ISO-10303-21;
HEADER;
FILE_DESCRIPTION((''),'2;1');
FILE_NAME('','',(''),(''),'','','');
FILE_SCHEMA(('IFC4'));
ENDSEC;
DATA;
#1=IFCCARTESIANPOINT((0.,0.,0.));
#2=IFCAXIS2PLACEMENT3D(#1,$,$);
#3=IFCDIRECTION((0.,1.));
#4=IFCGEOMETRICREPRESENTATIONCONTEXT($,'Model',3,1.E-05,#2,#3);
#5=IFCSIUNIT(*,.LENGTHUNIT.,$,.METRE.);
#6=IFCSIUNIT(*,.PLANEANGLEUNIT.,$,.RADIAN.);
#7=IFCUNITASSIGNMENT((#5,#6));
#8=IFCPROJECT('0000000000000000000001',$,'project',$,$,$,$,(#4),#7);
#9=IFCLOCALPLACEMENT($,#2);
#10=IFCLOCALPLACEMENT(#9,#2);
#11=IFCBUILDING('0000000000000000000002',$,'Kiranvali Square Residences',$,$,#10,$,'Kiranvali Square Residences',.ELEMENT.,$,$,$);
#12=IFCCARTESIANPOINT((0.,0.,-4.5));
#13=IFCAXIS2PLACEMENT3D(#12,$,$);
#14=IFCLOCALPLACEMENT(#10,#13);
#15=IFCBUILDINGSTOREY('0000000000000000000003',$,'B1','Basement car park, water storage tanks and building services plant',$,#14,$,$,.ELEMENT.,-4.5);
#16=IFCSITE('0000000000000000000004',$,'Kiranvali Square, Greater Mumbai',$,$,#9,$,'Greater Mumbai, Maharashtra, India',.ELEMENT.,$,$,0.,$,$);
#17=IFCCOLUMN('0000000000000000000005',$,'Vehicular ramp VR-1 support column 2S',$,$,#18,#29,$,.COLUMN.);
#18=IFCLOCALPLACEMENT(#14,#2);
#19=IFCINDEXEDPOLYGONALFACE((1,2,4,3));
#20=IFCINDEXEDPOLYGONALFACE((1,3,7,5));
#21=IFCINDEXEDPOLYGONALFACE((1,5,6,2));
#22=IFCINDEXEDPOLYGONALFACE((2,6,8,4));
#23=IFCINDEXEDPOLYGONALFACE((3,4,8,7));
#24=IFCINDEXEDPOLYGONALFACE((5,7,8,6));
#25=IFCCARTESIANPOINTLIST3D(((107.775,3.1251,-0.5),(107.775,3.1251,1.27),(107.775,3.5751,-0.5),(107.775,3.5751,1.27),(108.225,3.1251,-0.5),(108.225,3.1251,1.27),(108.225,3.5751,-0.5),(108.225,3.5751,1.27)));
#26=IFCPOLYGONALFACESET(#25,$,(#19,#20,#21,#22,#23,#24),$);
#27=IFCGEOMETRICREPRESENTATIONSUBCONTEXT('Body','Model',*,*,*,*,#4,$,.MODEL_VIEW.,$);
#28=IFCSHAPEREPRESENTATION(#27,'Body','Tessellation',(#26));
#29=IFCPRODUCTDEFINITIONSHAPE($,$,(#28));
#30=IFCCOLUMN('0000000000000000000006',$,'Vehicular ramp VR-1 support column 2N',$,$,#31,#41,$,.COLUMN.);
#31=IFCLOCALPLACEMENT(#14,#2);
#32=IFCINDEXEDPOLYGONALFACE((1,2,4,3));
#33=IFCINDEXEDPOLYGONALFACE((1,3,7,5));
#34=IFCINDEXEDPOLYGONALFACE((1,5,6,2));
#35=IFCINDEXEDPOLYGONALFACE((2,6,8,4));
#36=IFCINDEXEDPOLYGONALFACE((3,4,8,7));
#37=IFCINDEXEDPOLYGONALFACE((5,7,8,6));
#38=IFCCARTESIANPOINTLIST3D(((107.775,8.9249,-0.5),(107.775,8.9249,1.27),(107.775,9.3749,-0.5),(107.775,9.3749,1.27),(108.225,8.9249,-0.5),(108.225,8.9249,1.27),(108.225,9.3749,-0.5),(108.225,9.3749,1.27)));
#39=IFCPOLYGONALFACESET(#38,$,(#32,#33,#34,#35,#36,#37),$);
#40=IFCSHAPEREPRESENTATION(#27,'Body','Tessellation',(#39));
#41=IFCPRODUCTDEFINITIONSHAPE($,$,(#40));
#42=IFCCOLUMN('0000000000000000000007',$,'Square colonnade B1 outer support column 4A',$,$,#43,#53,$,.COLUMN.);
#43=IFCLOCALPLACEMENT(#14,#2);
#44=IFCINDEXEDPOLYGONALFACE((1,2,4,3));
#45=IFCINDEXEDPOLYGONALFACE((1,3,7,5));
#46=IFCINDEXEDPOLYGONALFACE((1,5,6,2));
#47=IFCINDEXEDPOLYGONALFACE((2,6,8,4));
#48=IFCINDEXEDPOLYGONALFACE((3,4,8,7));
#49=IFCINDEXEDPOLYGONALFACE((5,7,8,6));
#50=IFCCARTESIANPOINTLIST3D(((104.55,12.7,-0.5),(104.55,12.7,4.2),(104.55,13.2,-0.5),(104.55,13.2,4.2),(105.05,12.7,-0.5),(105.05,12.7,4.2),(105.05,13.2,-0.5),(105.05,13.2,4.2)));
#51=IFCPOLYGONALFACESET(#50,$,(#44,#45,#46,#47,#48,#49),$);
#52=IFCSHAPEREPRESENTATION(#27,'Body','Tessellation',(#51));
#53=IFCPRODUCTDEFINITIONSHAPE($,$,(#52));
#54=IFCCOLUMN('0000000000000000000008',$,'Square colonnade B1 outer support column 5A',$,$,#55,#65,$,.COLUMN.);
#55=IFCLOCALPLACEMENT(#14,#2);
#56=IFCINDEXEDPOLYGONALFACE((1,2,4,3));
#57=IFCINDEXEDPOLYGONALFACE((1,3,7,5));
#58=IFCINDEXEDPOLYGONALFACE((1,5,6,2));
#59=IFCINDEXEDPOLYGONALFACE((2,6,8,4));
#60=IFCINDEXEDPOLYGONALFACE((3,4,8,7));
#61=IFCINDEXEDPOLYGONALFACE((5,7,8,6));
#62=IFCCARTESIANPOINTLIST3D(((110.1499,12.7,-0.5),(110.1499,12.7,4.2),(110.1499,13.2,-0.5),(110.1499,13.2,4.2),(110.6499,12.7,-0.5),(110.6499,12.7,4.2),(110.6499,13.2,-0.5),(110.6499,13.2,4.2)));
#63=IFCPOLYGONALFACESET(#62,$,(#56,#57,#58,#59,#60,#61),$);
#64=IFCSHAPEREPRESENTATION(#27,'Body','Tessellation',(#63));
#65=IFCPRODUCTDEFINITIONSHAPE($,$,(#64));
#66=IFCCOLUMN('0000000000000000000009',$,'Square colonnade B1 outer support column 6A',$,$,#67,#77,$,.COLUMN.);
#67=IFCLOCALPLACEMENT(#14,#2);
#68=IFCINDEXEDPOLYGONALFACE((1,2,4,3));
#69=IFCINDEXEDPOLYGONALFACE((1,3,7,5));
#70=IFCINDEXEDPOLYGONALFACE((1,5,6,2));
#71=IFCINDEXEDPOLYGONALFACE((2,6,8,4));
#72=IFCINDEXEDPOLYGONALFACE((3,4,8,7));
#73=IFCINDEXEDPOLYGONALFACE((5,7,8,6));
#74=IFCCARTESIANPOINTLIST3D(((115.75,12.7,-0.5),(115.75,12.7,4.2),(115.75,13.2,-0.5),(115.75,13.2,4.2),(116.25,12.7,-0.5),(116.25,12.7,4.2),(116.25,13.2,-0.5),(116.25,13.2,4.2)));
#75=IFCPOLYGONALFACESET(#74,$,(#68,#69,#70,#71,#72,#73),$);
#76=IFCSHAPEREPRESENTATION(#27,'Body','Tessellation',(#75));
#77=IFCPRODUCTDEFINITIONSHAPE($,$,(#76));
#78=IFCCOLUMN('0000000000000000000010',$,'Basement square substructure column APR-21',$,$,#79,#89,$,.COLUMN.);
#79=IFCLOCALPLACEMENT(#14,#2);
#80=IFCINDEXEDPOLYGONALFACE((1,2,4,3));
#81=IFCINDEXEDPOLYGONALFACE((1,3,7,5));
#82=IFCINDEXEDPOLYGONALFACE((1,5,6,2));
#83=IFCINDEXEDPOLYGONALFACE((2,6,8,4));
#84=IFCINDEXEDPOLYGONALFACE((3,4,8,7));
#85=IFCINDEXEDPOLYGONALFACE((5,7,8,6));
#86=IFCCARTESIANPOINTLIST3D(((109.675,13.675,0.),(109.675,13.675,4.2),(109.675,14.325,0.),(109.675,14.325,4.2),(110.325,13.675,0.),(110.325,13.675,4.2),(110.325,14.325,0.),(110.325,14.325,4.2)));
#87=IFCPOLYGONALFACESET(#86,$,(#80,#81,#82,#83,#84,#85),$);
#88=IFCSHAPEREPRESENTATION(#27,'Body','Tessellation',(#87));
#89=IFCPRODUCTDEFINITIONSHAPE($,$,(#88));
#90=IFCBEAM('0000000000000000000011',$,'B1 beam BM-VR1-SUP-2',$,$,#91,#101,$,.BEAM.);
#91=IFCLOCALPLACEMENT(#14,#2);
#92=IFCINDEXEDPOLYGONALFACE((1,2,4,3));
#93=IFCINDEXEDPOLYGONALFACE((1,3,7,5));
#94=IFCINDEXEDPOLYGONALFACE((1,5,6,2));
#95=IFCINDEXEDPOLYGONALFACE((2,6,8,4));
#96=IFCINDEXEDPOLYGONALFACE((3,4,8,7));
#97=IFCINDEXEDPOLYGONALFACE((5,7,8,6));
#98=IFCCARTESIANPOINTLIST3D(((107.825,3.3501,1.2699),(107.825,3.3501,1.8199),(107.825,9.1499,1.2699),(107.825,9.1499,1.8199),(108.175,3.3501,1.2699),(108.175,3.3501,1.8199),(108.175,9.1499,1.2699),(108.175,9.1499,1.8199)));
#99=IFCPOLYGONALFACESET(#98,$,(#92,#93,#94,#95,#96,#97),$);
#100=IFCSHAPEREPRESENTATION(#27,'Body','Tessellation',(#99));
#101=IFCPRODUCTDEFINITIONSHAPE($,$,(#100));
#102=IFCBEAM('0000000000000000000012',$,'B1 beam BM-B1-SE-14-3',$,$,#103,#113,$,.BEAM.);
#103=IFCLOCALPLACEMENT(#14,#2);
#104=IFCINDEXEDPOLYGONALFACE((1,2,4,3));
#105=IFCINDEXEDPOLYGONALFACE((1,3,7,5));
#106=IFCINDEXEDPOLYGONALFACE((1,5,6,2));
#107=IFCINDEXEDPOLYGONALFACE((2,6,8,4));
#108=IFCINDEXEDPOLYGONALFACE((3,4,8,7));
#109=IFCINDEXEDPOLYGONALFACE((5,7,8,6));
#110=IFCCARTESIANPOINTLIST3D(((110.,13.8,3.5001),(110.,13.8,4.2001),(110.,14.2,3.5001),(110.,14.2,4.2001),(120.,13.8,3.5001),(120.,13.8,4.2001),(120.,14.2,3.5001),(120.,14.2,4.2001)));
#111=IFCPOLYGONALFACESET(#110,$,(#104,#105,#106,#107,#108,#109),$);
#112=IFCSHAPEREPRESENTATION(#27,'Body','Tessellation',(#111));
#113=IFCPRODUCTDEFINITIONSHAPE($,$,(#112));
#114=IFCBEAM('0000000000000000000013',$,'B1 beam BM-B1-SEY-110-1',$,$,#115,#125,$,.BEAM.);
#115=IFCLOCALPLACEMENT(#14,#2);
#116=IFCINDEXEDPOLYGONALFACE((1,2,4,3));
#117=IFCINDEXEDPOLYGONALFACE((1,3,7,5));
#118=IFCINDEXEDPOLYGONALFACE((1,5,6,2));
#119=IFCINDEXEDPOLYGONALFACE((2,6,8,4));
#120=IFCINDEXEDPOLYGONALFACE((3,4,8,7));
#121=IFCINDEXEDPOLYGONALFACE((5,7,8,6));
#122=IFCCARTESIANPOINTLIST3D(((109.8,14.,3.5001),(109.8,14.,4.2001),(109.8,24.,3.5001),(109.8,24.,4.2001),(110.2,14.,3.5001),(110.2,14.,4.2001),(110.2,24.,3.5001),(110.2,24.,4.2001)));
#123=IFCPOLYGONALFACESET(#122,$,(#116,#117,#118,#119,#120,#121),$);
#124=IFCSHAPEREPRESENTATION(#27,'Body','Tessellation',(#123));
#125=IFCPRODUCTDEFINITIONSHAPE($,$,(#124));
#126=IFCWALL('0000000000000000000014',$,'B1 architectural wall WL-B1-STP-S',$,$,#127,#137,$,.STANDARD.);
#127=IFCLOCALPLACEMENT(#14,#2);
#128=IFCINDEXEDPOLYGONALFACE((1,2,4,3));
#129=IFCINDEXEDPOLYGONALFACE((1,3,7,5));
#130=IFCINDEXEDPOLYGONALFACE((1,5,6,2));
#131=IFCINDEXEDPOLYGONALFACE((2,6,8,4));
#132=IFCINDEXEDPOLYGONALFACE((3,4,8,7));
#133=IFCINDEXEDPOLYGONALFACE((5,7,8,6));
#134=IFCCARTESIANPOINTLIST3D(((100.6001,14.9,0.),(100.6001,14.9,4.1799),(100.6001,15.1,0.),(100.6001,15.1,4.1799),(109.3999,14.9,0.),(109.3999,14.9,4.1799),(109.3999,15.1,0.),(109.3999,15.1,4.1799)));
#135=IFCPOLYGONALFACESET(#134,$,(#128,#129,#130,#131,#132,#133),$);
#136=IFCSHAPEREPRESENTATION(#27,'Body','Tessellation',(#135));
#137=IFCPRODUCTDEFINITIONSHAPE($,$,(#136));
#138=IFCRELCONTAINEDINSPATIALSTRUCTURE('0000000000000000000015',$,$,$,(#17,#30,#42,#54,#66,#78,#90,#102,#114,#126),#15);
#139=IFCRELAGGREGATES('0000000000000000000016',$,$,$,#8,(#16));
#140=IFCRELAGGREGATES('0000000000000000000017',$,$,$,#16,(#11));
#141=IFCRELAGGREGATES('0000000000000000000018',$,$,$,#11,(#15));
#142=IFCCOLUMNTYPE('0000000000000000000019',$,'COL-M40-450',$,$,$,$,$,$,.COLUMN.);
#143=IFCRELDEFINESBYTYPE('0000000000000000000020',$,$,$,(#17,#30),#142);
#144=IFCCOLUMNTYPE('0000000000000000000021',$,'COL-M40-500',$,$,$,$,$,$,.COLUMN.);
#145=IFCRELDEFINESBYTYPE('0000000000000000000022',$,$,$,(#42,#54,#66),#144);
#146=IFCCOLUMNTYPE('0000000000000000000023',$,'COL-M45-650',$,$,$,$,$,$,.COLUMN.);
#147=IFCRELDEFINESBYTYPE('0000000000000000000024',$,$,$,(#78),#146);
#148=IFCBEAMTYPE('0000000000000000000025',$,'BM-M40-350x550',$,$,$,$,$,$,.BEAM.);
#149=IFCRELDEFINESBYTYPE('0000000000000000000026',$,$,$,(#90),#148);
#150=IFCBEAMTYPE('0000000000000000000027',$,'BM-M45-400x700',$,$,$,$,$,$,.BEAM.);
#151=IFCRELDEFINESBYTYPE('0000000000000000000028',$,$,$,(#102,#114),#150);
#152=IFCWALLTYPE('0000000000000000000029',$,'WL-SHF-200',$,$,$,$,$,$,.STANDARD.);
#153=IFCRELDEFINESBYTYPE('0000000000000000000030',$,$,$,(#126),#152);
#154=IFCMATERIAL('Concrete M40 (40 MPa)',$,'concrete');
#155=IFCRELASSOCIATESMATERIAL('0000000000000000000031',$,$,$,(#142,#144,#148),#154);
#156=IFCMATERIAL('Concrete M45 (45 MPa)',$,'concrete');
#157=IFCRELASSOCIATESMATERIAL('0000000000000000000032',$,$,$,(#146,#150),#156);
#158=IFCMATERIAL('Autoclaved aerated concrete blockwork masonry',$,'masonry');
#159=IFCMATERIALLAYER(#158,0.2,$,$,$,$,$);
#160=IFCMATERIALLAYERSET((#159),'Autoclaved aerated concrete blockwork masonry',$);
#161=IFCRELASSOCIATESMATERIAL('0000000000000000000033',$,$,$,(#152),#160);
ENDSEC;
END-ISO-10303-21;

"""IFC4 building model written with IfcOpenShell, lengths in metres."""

from ifc_helpers import new_model, si_unit, direction, frame, frame_2d, origin, origin_2d, place, context, subcontext, project, spatial, rectangle, extrude, material, layer, layer_set, material_profile, profile_set, type_object, element, save


model = new_model("IFC4")

# Units and contexts
model_context = context("Model", 3, precision=1e-05, world=origin(), true_north=direction((0.0, 1.0)))
body_context = subcontext(model_context, "Body", "Model", "MODEL_VIEW")
ifc_project = project(units=[si_unit("LENGTHUNIT", "METRE"), si_unit("PLANEANGLEUNIT", "RADIAN")], contexts=[model_context])

# Site, building, storey
site_placement = place(None, origin())
site = spatial("IfcSite", under=ifc_project, at=site_placement, Name="Kiranvali Square, Greater Mumbai", LongName="Greater Mumbai, Maharashtra, India", CompositionType="ELEMENT", RefElevation=0.0)
building_placement = place(site_placement, origin())
building = spatial("IfcBuilding", under=site, at=building_placement, Name="Kiranvali Square Residences", LongName="Kiranvali Square Residences", CompositionType="ELEMENT")
storey_placement = place(building_placement, frame((0.0, 0.0, -4.5)))
storey = spatial("IfcBuildingStorey", under=building, at=storey_placement, Name="B1", Description="Basement car park, water storage tanks and building services plant", CompositionType="ELEMENT", Elevation=-4.5)

# Shared definitions
ifc_material_1 = material(Name="Concrete M40 (40 MPa)", Category="concrete")

# Columns
ifc_material_profile_1 = material_profile(ifc_material_1, rectangle(XDim=0.45, YDim=0.45, at=origin_2d()), Name="RC 450x450")
ifc_profile_set_1 = profile_set([ifc_material_profile_1], Name="Concrete M40 (40 MPa)")
column_type_1 = type_object("IfcColumnType", Name="COL-M40-450", PredefinedType="COLUMN", material=ifc_profile_set_1)
for number, where, z_axis, x_axis, name in (
    (1, (108.0, 3.3501, -0.5), (0.0, 0.0, 1.0), (1.0, 0.0, 0.0), "Vehicular ramp VR-1 support column 2S"),
    (2, (108.0, 9.1499, -0.5), (0.0, 0.0, 1.0), (1.0, 0.0, 0.0), "Vehicular ramp VR-1 support column 2N"),
):
    element("IfcColumn", number, at=place(storey_placement, frame(where, z_axis=z_axis, x_axis=x_axis)), inside=storey, type_object=column_type_1, Name=name, PredefinedType="COLUMN", context=body_context, shape_type="SweptSolid", body=[
        extrude(rectangle(XDim=0.45, YDim=0.45, at=origin_2d()), origin(), (0.0, 0.0, 1.0), 1.77),
    ])
ifc_material_profile_2 = material_profile(ifc_material_1, rectangle(XDim=0.5, YDim=0.5, at=origin_2d()), Name="RC 500x500")
ifc_profile_set_2 = profile_set([ifc_material_profile_2], Name="Concrete M40 (40 MPa)")
column_type_2 = type_object("IfcColumnType", Name="COL-M40-500", PredefinedType="COLUMN", material=ifc_profile_set_2)
for number, where, z_axis, x_axis, name in (
    (3, (104.8, 12.95, -0.5), (0.0, 0.0, 1.0), (1.0, 0.0, 0.0), "Square colonnade B1 outer support column 4A"),
    (4, (110.3999, 12.95, -0.5), (0.0, 0.0, 1.0), (1.0, 0.0, 0.0), "Square colonnade B1 outer support column 5A"),
    (5, (116.0, 12.95, -0.5), (0.0, 0.0, 1.0), (1.0, 0.0, 0.0), "Square colonnade B1 outer support column 6A"),
):
    element("IfcColumn", number, at=place(storey_placement, frame(where, z_axis=z_axis, x_axis=x_axis)), inside=storey, type_object=column_type_2, Name=name, PredefinedType="COLUMN", context=body_context, shape_type="SweptSolid", body=[
        extrude(rectangle(XDim=0.5, YDim=0.5, at=origin_2d()), origin(), (0.0, 0.0, 1.0), 4.7),
    ])
ifc_material_2 = material(Name="Concrete M45 (45 MPa)", Category="concrete")
ifc_material_profile_3 = material_profile(ifc_material_2, rectangle(XDim=0.6499, YDim=0.6499, at=origin_2d()), Name="RC 650x650")
ifc_profile_set_3 = profile_set([ifc_material_profile_3], Name="Concrete M45 (45 MPa)")
column_type_3 = type_object("IfcColumnType", Name="COL-M45-650", PredefinedType="COLUMN", material=ifc_profile_set_3)
column_placement = place(storey_placement, frame((110.0, 14.0, 0.0), z_axis=(0.0, 0.0, 1.0), x_axis=(1.0, 0.0, 0.0)))
element("IfcColumn", 6, at=column_placement, inside=storey, type_object=column_type_3, Name="Basement square substructure column APR-21", PredefinedType="COLUMN", context=body_context, shape_type="SweptSolid", body=[
    extrude(rectangle(XDim=0.6499, YDim=0.6499, at=origin_2d()), origin(), (0.0, 0.0, 1.0), 4.2),
])

# Beams
ifc_material_profile_4 = material_profile(ifc_material_1, rectangle(XDim=0.3501, YDim=0.55, at=origin_2d()), Name="RC 350x550")
ifc_profile_set_4 = profile_set([ifc_material_profile_4], Name="Concrete M40 (40 MPa)")
beam_type_1 = type_object("IfcBeamType", Name="BM-M40-350x550", PredefinedType="BEAM", material=ifc_profile_set_4)
beam_placement = place(storey_placement, frame((108.0, 3.3501, 1.5449), z_axis=(0.0, 1.0, 0.0), x_axis=(-1.0, 0.0, 0.0)))
element("IfcBeam", 7, at=beam_placement, inside=storey, type_object=beam_type_1, Name="B1 beam BM-VR1-SUP-2", PredefinedType="BEAM", context=body_context, shape_type="SweptSolid", body=[
    extrude(rectangle(XDim=0.3501, YDim=0.55, at=origin_2d()), origin(), (0.0, 0.0, 1.0), 5.7998),
])
ifc_material_profile_5 = material_profile(ifc_material_2, rectangle(XDim=0.3999, YDim=0.7, at=origin_2d()), Name="RC 400x700")
ifc_profile_set_5 = profile_set([ifc_material_profile_5], Name="Concrete M45 (45 MPa)")
beam_type_2 = type_object("IfcBeamType", Name="BM-M45-400x700", PredefinedType="BEAM", material=ifc_profile_set_5)
for number, where, z_axis, x_axis, name in (
    (8, (110.0, 14.0, 3.8501), (1.0, 0.0, 0.0), (0.0, 1.0, 0.0), "B1 beam BM-B1-SE-14-3"),
    (9, (110.0, 14.0, 3.8501), (0.0, 1.0, 0.0), (-1.0, 0.0, 0.0), "B1 beam BM-B1-SEY-110-1"),
):
    element("IfcBeam", number, at=place(storey_placement, frame(where, z_axis=z_axis, x_axis=x_axis)), inside=storey, type_object=beam_type_2, Name=name, PredefinedType="BEAM", context=body_context, shape_type="SweptSolid", body=[
        extrude(rectangle(XDim=0.3999, YDim=0.7, at=origin_2d()), origin(), (0.0, 0.0, 1.0), 10.0),
    ])

# Wall
ifc_material_3 = material(Name="Autoclaved aerated concrete blockwork masonry", Category="masonry")
ifc_layer = layer(ifc_material_3, 0.2)
ifc_layer_set = layer_set([ifc_layer], Name="Autoclaved aerated concrete blockwork masonry")
wall_type = type_object("IfcWallType", Name="WL-SHF-200", PredefinedType="STANDARD", material=ifc_layer_set)
wall_placement = place(storey_placement, frame((100.6001, 15.0, 0.0), z_axis=(0.0, 0.0, 1.0), x_axis=(1.0, 0.0, 0.0)))
element("IfcWall", 10, at=wall_placement, inside=storey, type_object=wall_type, Name="B1 architectural wall WL-B1-STP-S", PredefinedType="STANDARD", context=body_context, shape_type="SweptSolid", body=[
    extrude(rectangle(XDim=8.7998, YDim=0.2, at=frame_2d((4.3999, 0.0))), origin(), (0.0, 0.0, 1.0), 4.1799),
])

save(model, "model.ifc")
